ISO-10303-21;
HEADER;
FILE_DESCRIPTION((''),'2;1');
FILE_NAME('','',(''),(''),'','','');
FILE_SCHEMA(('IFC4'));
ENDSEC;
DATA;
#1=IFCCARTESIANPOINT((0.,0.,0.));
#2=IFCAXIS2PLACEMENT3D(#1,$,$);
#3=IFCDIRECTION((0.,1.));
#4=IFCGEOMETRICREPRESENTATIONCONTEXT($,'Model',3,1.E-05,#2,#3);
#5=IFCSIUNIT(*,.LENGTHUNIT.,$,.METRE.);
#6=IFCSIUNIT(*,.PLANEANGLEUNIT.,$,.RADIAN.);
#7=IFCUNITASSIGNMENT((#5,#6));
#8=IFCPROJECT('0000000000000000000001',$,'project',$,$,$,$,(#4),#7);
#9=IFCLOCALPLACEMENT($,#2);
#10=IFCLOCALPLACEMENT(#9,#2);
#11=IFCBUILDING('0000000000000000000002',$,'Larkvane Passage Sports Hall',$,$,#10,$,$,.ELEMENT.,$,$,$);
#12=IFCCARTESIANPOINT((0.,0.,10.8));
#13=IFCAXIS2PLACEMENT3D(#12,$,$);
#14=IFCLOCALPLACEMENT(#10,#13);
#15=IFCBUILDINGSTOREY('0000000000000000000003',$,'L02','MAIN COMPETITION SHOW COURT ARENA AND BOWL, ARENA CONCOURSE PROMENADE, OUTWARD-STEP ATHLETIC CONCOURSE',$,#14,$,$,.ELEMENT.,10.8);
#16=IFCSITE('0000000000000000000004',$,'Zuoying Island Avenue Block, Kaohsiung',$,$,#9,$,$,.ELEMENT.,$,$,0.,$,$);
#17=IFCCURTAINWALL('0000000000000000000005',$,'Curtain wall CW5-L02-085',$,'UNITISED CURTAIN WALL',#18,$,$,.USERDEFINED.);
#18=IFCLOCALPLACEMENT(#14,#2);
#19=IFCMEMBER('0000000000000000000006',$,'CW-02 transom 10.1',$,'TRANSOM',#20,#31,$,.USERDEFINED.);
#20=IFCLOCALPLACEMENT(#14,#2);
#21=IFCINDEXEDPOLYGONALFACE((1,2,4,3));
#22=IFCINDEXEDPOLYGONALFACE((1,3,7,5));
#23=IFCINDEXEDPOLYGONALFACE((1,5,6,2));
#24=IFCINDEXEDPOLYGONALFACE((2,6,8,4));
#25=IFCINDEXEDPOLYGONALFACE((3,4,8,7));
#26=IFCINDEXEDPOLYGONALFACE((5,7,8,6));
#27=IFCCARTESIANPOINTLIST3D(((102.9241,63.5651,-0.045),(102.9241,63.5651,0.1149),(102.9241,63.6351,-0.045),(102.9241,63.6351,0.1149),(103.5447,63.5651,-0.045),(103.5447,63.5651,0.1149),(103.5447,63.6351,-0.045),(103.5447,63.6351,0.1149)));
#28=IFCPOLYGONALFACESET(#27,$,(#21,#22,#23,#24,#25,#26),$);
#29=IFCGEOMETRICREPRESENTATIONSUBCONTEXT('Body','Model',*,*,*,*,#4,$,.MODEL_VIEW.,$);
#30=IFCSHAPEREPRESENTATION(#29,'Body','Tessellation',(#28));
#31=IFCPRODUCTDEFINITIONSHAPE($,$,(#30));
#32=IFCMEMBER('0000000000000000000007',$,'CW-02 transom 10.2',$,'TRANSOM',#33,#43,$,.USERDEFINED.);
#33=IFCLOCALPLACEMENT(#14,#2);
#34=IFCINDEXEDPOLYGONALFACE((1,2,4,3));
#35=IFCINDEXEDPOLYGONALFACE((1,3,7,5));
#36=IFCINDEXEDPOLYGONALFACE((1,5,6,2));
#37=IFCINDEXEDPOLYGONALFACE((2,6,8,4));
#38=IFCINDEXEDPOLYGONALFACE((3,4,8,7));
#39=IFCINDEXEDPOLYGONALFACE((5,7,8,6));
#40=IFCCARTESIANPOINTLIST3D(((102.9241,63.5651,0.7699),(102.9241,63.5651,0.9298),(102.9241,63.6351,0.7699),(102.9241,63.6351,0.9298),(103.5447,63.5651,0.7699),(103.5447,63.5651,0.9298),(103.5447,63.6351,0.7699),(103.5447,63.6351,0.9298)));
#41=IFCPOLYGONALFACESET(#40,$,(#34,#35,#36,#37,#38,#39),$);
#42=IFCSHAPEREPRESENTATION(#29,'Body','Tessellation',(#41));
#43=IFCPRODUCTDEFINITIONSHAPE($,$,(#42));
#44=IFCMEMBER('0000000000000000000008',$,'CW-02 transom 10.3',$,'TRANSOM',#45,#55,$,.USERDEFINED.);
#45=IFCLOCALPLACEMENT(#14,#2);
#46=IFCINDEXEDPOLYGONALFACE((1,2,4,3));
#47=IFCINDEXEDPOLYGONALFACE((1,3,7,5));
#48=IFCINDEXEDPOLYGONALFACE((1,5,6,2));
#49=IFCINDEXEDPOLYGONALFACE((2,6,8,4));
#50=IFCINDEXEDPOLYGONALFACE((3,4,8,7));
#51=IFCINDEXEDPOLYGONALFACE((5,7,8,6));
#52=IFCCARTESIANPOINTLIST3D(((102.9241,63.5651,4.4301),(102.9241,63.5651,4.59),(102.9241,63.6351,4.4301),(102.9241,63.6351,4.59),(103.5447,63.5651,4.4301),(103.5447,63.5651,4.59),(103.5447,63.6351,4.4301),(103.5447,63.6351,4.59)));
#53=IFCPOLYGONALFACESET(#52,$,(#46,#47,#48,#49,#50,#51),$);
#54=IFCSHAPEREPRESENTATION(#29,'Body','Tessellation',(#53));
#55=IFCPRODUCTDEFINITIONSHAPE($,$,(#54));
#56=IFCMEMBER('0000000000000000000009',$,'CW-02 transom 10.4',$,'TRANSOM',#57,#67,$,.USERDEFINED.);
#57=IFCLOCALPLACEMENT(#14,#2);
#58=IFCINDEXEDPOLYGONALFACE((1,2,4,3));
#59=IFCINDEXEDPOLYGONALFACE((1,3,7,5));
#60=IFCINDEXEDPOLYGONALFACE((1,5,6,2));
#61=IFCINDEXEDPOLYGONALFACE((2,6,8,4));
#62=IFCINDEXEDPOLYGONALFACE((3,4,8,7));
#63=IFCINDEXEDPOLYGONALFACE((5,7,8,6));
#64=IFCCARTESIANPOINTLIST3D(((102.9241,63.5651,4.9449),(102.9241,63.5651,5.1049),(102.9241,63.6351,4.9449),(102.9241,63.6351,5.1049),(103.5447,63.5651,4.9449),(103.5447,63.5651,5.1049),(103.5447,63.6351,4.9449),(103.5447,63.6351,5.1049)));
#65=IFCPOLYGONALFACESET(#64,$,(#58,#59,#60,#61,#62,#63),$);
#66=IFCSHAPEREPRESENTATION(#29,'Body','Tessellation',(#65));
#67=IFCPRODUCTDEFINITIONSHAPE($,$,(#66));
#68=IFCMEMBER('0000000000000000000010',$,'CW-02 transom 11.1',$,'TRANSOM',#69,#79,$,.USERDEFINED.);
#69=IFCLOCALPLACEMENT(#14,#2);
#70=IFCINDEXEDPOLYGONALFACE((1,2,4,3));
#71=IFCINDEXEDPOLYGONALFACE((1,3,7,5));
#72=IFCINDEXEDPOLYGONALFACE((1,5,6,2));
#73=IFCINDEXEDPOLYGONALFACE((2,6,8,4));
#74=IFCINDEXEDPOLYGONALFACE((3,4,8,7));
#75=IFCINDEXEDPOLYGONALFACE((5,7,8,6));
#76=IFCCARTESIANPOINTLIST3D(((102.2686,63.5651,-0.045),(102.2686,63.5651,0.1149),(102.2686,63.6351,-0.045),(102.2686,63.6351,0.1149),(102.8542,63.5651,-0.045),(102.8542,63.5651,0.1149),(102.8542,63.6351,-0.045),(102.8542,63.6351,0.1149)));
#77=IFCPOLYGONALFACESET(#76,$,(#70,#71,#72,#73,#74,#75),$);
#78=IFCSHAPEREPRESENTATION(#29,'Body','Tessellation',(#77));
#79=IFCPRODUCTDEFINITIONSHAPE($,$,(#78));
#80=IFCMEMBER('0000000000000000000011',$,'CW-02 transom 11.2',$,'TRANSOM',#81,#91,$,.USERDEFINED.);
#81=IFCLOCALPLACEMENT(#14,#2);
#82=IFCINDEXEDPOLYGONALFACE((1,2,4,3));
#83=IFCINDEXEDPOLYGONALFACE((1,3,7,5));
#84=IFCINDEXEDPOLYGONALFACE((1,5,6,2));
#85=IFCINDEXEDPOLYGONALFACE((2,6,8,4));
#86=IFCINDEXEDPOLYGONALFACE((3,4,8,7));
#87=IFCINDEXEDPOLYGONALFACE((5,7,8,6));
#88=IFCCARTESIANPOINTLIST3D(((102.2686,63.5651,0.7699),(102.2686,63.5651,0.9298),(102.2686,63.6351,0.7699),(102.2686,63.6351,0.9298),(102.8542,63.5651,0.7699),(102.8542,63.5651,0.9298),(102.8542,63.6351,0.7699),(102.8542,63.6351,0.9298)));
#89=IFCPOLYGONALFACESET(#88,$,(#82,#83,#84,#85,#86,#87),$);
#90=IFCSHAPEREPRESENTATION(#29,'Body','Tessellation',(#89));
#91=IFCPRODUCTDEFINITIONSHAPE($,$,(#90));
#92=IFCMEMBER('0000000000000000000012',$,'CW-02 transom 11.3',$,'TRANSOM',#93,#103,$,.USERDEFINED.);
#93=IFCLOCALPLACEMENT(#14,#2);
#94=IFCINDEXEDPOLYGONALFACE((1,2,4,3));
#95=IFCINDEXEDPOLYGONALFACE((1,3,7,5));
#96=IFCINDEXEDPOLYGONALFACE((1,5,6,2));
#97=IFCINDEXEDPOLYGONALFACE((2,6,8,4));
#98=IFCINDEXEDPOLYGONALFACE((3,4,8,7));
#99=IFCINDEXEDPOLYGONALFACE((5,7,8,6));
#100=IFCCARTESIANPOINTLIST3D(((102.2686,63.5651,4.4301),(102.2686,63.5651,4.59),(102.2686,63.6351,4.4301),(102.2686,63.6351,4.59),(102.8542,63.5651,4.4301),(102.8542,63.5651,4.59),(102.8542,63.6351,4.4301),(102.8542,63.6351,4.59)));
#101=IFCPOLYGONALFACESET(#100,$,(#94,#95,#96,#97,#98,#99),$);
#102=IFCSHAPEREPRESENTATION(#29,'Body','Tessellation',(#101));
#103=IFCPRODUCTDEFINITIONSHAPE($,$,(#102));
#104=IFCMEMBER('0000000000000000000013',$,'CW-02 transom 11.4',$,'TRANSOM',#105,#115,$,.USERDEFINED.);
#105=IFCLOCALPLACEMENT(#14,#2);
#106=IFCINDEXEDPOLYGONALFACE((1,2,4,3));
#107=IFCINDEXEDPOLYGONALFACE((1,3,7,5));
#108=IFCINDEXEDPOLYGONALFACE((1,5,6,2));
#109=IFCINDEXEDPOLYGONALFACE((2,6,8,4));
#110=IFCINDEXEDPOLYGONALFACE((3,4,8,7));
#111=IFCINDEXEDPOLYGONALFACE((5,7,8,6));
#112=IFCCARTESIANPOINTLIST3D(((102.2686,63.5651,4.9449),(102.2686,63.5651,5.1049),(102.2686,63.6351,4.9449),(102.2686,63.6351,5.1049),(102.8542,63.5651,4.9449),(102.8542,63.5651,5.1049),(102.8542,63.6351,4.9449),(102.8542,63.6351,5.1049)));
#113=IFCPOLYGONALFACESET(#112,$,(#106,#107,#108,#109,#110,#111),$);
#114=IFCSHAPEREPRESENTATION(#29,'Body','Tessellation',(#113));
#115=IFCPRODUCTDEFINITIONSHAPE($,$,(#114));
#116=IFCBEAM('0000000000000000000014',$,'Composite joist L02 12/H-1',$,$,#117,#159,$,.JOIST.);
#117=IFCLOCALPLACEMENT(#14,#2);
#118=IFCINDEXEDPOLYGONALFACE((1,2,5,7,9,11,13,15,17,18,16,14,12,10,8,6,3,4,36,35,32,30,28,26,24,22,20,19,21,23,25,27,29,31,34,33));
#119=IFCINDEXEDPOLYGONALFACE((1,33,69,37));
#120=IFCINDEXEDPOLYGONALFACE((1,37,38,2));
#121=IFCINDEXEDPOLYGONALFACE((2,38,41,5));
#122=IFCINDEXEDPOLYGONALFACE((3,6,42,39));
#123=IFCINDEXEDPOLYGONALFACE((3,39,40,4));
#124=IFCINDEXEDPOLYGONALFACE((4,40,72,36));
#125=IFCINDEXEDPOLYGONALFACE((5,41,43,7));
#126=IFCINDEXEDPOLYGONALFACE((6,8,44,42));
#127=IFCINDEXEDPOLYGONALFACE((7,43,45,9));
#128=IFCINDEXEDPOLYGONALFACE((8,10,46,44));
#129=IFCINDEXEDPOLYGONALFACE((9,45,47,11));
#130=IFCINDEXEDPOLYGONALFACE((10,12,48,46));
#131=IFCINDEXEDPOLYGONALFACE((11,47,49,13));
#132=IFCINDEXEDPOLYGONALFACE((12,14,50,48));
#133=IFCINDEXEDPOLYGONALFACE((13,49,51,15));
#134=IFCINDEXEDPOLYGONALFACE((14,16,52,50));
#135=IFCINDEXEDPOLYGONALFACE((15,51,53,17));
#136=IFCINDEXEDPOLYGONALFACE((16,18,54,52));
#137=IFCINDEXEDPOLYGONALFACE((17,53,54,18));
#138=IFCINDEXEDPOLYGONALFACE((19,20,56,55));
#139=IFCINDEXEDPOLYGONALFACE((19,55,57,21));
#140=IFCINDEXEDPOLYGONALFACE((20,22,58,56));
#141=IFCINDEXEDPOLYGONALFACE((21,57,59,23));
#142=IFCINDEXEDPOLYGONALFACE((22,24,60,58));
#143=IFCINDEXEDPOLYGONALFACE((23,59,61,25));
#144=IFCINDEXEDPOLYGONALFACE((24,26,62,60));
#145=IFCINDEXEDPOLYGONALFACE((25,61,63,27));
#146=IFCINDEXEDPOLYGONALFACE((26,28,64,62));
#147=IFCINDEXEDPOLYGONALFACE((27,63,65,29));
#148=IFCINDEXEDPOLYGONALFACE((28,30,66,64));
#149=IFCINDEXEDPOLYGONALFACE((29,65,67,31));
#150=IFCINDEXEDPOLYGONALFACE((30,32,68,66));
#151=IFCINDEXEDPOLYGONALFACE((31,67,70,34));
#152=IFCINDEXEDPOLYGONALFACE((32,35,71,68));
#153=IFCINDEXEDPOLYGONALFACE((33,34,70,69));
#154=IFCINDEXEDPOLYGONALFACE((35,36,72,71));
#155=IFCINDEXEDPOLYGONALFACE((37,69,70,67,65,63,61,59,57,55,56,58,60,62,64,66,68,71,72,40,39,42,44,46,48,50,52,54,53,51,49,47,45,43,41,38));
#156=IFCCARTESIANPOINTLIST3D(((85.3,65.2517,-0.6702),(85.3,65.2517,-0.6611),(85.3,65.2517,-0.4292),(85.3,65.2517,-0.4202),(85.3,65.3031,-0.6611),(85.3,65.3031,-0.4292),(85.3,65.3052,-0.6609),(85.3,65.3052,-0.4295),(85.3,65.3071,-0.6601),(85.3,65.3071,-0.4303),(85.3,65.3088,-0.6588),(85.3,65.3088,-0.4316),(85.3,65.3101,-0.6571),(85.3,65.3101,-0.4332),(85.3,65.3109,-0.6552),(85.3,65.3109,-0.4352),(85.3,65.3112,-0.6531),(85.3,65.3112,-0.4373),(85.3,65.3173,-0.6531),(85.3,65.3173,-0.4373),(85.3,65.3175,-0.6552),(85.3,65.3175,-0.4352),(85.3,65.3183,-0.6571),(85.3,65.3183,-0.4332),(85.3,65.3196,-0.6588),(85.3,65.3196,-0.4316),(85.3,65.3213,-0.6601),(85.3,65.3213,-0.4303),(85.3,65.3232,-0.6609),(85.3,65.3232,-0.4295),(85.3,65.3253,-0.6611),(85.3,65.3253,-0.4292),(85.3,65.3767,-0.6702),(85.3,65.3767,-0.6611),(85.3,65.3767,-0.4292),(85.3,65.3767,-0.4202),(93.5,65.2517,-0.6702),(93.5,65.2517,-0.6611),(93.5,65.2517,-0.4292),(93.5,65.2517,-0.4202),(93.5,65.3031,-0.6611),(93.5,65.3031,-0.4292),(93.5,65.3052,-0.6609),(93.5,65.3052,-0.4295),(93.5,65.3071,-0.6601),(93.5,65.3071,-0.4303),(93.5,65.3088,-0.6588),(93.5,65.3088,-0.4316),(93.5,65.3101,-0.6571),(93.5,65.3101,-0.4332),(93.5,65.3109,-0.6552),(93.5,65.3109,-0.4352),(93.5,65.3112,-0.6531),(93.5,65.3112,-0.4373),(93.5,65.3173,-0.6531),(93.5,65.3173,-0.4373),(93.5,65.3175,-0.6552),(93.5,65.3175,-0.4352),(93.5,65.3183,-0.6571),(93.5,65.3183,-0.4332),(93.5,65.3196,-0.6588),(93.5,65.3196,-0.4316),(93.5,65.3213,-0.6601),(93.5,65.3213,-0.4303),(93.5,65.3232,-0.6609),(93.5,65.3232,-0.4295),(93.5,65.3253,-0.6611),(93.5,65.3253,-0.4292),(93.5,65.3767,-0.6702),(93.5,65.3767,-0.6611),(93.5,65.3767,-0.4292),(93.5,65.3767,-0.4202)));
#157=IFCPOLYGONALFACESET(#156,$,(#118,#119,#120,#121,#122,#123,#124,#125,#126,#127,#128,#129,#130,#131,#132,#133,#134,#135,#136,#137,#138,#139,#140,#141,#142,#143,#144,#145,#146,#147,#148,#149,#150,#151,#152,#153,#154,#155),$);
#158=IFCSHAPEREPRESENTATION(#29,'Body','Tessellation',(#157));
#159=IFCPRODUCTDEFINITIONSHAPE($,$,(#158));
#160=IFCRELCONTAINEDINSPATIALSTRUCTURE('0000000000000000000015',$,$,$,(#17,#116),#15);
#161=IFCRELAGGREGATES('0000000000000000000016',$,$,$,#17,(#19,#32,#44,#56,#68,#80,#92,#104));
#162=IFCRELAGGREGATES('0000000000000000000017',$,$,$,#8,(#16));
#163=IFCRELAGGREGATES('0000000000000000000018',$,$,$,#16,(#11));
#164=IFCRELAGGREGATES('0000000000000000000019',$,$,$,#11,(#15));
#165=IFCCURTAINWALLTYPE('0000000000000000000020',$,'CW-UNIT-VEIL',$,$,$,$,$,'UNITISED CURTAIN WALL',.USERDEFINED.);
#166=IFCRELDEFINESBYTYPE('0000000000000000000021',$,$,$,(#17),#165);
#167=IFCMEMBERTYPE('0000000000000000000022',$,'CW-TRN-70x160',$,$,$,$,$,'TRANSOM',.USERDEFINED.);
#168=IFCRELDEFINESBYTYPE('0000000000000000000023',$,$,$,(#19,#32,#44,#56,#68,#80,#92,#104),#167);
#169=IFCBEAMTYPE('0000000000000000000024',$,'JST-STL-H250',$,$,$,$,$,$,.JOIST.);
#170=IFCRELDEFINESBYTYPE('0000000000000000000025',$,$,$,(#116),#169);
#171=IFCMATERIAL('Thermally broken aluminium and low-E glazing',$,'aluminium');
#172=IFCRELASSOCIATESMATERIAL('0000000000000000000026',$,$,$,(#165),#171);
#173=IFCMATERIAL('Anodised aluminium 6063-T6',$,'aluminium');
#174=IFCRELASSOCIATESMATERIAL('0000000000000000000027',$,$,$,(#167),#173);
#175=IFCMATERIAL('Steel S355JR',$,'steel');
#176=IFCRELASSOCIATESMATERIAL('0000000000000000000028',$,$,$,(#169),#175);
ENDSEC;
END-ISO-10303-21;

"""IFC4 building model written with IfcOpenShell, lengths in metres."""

from ifc_helpers import new_model, si_unit, direction, frame, origin, origin_2d, place, context, subcontext, project, spatial, rectangle, i_section, extrude, material, material_profile, profile_set, type_object, element, aggregate, save


model = new_model("IFC4")

# Units and contexts
model_context = context("Model", 3, precision=1e-05, world=origin(), true_north=direction((0.0, 1.0)))
body_context = subcontext(model_context, "Body", "Model", "MODEL_VIEW")
ifc_project = project(units=[si_unit("LENGTHUNIT", "METRE"), si_unit("PLANEANGLEUNIT", "RADIAN")], contexts=[model_context])

# Site, building, storey
site_placement = place(None, origin())
site = spatial("IfcSite", under=ifc_project, at=site_placement, Name="Zuoying Island Avenue Block, Kaohsiung", CompositionType="ELEMENT", RefElevation=0.0)
building_placement = place(site_placement, origin())
building = spatial("IfcBuilding", under=site, at=building_placement, Name="Larkvane Passage Sports Hall", CompositionType="ELEMENT")
storey_placement = place(building_placement, frame((0.0, 0.0, 10.8)))
storey = spatial("IfcBuildingStorey", under=building, at=storey_placement, Name="L02", Description="MAIN COMPETITION SHOW COURT ARENA AND BOWL, ARENA CONCOURSE PROMENADE, OUTWARD-STEP ATHLETIC CONCOURSE", CompositionType="ELEMENT", Elevation=10.8)

# Shared definitions
ifc_material_1 = material(Name="Steel S355JR", Category="steel")

# Curtain wall, members
ifc_material_2 = material(Name="Thermally broken aluminium and low-E glazing", Category="aluminium")
curtain_wall_type = type_object("IfcCurtainWallType", Name="CW-UNIT-VEIL", ElementType="UNITISED CURTAIN WALL", PredefinedType="USERDEFINED", material=ifc_material_2)
curtain_wall_placement = place(storey_placement, origin())
curtain_wall = element("IfcCurtainWall", 1, at=curtain_wall_placement, inside=storey, type_object=curtain_wall_type, Name="Curtain wall CW5-L02-085", ObjectType="UNITISED CURTAIN WALL", PredefinedType="USERDEFINED")
ifc_material_3 = material(Name="Anodised aluminium 6063-T6", Category="aluminium")
ifc_material_profile_1 = material_profile(ifc_material_3, rectangle(XDim=0.0701, YDim=0.1599, at=origin_2d()), Name="ALU-TRN-70x160")
ifc_profile_set_1 = profile_set([ifc_material_profile_1], Name="Anodised aluminium 6063-T6")
member_type_1 = type_object("IfcMemberType", Name="CW-TRN-70x160", ElementType="TRANSOM", PredefinedType="USERDEFINED", material=ifc_profile_set_1)
member_1_placement = place(storey_placement, frame((103.5447, 63.6001, 0.0349), z_axis=(-1.0, 0.0, 0.0), x_axis=(0.0, -1.0, 0.0)))
member_1 = element("IfcMember", 2, at=member_1_placement, type_object=member_type_1, Name="CW-02 transom 10.1", ObjectType="TRANSOM", PredefinedType="USERDEFINED", context=body_context, shape_type="SweptSolid", body=[
    extrude(rectangle(XDim=0.0701, YDim=0.1599, at=origin_2d()), origin(), (0.0, 0.0, 1.0), 0.6206),
])
member_2_placement = place(storey_placement, frame((103.5447, 63.6001, 0.8499), z_axis=(-1.0, 0.0, 0.0), x_axis=(0.0, -1.0, 0.0)))
member_2 = element("IfcMember", 3, at=member_2_placement, type_object=member_type_1, Name="CW-02 transom 10.2", ObjectType="TRANSOM", PredefinedType="USERDEFINED", context=body_context, shape_type="SweptSolid", body=[
    extrude(rectangle(XDim=0.0701, YDim=0.1599, at=origin_2d()), origin(), (0.0, 0.0, 1.0), 0.6206),
])
member_3_placement = place(storey_placement, frame((103.5447, 63.6001, 4.51), z_axis=(-1.0, 0.0, 0.0), x_axis=(0.0, -1.0, 0.0)))
member_3 = element("IfcMember", 4, at=member_3_placement, type_object=member_type_1, Name="CW-02 transom 10.3", ObjectType="TRANSOM", PredefinedType="USERDEFINED", context=body_context, shape_type="SweptSolid", body=[
    extrude(rectangle(XDim=0.0701, YDim=0.1599, at=origin_2d()), origin(), (0.0, 0.0, 1.0), 0.6206),
])
member_4_placement = place(storey_placement, frame((103.5447, 63.6001, 5.0249), z_axis=(-1.0, 0.0, 0.0), x_axis=(0.0, -1.0, 0.0)))
member_4 = element("IfcMember", 5, at=member_4_placement, type_object=member_type_1, Name="CW-02 transom 10.4", ObjectType="TRANSOM", PredefinedType="USERDEFINED", context=body_context, shape_type="SweptSolid", body=[
    extrude(rectangle(XDim=0.0701, YDim=0.1599, at=origin_2d()), origin(), (0.0, 0.0, 1.0), 0.6206),
])
member_5_placement = place(storey_placement, frame((102.8542, 63.6001, 0.0349), z_axis=(-1.0, 0.0, 0.0), x_axis=(0.0, -1.0, 0.0)))
member_5 = element("IfcMember", 6, at=member_5_placement, type_object=member_type_1, Name="CW-02 transom 11.1", ObjectType="TRANSOM", PredefinedType="USERDEFINED", context=body_context, shape_type="SweptSolid", body=[
    extrude(rectangle(XDim=0.0701, YDim=0.1599, at=origin_2d()), origin(), (0.0, 0.0, 1.0), 0.5857),
])
member_6_placement = place(storey_placement, frame((102.8542, 63.6001, 0.8499), z_axis=(-1.0, 0.0, 0.0), x_axis=(0.0, -1.0, 0.0)))
member_6 = element("IfcMember", 7, at=member_6_placement, type_object=member_type_1, Name="CW-02 transom 11.2", ObjectType="TRANSOM", PredefinedType="USERDEFINED", context=body_context, shape_type="SweptSolid", body=[
    extrude(rectangle(XDim=0.0701, YDim=0.1599, at=origin_2d()), origin(), (0.0, 0.0, 1.0), 0.5857),
])
member_7_placement = place(storey_placement, frame((102.8542, 63.6001, 4.51), z_axis=(-1.0, 0.0, 0.0), x_axis=(0.0, -1.0, 0.0)))
member_7 = element("IfcMember", 8, at=member_7_placement, type_object=member_type_1, Name="CW-02 transom 11.3", ObjectType="TRANSOM", PredefinedType="USERDEFINED", context=body_context, shape_type="SweptSolid", body=[
    extrude(rectangle(XDim=0.0701, YDim=0.1599, at=origin_2d()), origin(), (0.0, 0.0, 1.0), 0.5857),
])
member_8_placement = place(storey_placement, frame((102.8542, 63.6001, 5.0249), z_axis=(-1.0, 0.0, 0.0), x_axis=(0.0, -1.0, 0.0)))
member_8 = element("IfcMember", 9, at=member_8_placement, type_object=member_type_1, Name="CW-02 transom 11.4", ObjectType="TRANSOM", PredefinedType="USERDEFINED", context=body_context, shape_type="SweptSolid", body=[
    extrude(rectangle(XDim=0.0701, YDim=0.1599, at=origin_2d()), origin(), (0.0, 0.0, 1.0), 0.5857),
])

# Beam
ifc_material_profile_2 = material_profile(ifc_material_1, i_section(OverallWidth=0.125, OverallDepth=0.25, WebThickness=0.0061, FlangeThickness=0.009, FilletRadius=0.0081, at=origin_2d()), Name="H-250x125x6x9")
ifc_profile_set_2 = profile_set([ifc_material_profile_2], Name="Steel S355JR")
beam_type_1 = type_object("IfcBeamType", Name="JST-STL-H250", PredefinedType="JOIST", material=ifc_profile_set_2)
beam_1_placement = place(storey_placement, frame((85.3, 65.3142, -0.5452), z_axis=(1.0, 0.0, 0.0), x_axis=(0.0, 1.0, 0.0)))
element("IfcBeam", 10, at=beam_1_placement, inside=storey, type_object=beam_type_1, Name="Composite joist L02 12/H-1", PredefinedType="JOIST", context=body_context, shape_type="SweptSolid", body=[
    extrude(i_section(OverallWidth=0.125, OverallDepth=0.25, WebThickness=0.0061, FlangeThickness=0.009, FilletRadius=0.0081, at=origin_2d()), origin(), (0.0, 0.0, 1.0), 8.2),
])

aggregate(curtain_wall, [member_1, member_2, member_3, member_4, member_5, member_6, member_7, member_8])

save(model, "model.ifc")
